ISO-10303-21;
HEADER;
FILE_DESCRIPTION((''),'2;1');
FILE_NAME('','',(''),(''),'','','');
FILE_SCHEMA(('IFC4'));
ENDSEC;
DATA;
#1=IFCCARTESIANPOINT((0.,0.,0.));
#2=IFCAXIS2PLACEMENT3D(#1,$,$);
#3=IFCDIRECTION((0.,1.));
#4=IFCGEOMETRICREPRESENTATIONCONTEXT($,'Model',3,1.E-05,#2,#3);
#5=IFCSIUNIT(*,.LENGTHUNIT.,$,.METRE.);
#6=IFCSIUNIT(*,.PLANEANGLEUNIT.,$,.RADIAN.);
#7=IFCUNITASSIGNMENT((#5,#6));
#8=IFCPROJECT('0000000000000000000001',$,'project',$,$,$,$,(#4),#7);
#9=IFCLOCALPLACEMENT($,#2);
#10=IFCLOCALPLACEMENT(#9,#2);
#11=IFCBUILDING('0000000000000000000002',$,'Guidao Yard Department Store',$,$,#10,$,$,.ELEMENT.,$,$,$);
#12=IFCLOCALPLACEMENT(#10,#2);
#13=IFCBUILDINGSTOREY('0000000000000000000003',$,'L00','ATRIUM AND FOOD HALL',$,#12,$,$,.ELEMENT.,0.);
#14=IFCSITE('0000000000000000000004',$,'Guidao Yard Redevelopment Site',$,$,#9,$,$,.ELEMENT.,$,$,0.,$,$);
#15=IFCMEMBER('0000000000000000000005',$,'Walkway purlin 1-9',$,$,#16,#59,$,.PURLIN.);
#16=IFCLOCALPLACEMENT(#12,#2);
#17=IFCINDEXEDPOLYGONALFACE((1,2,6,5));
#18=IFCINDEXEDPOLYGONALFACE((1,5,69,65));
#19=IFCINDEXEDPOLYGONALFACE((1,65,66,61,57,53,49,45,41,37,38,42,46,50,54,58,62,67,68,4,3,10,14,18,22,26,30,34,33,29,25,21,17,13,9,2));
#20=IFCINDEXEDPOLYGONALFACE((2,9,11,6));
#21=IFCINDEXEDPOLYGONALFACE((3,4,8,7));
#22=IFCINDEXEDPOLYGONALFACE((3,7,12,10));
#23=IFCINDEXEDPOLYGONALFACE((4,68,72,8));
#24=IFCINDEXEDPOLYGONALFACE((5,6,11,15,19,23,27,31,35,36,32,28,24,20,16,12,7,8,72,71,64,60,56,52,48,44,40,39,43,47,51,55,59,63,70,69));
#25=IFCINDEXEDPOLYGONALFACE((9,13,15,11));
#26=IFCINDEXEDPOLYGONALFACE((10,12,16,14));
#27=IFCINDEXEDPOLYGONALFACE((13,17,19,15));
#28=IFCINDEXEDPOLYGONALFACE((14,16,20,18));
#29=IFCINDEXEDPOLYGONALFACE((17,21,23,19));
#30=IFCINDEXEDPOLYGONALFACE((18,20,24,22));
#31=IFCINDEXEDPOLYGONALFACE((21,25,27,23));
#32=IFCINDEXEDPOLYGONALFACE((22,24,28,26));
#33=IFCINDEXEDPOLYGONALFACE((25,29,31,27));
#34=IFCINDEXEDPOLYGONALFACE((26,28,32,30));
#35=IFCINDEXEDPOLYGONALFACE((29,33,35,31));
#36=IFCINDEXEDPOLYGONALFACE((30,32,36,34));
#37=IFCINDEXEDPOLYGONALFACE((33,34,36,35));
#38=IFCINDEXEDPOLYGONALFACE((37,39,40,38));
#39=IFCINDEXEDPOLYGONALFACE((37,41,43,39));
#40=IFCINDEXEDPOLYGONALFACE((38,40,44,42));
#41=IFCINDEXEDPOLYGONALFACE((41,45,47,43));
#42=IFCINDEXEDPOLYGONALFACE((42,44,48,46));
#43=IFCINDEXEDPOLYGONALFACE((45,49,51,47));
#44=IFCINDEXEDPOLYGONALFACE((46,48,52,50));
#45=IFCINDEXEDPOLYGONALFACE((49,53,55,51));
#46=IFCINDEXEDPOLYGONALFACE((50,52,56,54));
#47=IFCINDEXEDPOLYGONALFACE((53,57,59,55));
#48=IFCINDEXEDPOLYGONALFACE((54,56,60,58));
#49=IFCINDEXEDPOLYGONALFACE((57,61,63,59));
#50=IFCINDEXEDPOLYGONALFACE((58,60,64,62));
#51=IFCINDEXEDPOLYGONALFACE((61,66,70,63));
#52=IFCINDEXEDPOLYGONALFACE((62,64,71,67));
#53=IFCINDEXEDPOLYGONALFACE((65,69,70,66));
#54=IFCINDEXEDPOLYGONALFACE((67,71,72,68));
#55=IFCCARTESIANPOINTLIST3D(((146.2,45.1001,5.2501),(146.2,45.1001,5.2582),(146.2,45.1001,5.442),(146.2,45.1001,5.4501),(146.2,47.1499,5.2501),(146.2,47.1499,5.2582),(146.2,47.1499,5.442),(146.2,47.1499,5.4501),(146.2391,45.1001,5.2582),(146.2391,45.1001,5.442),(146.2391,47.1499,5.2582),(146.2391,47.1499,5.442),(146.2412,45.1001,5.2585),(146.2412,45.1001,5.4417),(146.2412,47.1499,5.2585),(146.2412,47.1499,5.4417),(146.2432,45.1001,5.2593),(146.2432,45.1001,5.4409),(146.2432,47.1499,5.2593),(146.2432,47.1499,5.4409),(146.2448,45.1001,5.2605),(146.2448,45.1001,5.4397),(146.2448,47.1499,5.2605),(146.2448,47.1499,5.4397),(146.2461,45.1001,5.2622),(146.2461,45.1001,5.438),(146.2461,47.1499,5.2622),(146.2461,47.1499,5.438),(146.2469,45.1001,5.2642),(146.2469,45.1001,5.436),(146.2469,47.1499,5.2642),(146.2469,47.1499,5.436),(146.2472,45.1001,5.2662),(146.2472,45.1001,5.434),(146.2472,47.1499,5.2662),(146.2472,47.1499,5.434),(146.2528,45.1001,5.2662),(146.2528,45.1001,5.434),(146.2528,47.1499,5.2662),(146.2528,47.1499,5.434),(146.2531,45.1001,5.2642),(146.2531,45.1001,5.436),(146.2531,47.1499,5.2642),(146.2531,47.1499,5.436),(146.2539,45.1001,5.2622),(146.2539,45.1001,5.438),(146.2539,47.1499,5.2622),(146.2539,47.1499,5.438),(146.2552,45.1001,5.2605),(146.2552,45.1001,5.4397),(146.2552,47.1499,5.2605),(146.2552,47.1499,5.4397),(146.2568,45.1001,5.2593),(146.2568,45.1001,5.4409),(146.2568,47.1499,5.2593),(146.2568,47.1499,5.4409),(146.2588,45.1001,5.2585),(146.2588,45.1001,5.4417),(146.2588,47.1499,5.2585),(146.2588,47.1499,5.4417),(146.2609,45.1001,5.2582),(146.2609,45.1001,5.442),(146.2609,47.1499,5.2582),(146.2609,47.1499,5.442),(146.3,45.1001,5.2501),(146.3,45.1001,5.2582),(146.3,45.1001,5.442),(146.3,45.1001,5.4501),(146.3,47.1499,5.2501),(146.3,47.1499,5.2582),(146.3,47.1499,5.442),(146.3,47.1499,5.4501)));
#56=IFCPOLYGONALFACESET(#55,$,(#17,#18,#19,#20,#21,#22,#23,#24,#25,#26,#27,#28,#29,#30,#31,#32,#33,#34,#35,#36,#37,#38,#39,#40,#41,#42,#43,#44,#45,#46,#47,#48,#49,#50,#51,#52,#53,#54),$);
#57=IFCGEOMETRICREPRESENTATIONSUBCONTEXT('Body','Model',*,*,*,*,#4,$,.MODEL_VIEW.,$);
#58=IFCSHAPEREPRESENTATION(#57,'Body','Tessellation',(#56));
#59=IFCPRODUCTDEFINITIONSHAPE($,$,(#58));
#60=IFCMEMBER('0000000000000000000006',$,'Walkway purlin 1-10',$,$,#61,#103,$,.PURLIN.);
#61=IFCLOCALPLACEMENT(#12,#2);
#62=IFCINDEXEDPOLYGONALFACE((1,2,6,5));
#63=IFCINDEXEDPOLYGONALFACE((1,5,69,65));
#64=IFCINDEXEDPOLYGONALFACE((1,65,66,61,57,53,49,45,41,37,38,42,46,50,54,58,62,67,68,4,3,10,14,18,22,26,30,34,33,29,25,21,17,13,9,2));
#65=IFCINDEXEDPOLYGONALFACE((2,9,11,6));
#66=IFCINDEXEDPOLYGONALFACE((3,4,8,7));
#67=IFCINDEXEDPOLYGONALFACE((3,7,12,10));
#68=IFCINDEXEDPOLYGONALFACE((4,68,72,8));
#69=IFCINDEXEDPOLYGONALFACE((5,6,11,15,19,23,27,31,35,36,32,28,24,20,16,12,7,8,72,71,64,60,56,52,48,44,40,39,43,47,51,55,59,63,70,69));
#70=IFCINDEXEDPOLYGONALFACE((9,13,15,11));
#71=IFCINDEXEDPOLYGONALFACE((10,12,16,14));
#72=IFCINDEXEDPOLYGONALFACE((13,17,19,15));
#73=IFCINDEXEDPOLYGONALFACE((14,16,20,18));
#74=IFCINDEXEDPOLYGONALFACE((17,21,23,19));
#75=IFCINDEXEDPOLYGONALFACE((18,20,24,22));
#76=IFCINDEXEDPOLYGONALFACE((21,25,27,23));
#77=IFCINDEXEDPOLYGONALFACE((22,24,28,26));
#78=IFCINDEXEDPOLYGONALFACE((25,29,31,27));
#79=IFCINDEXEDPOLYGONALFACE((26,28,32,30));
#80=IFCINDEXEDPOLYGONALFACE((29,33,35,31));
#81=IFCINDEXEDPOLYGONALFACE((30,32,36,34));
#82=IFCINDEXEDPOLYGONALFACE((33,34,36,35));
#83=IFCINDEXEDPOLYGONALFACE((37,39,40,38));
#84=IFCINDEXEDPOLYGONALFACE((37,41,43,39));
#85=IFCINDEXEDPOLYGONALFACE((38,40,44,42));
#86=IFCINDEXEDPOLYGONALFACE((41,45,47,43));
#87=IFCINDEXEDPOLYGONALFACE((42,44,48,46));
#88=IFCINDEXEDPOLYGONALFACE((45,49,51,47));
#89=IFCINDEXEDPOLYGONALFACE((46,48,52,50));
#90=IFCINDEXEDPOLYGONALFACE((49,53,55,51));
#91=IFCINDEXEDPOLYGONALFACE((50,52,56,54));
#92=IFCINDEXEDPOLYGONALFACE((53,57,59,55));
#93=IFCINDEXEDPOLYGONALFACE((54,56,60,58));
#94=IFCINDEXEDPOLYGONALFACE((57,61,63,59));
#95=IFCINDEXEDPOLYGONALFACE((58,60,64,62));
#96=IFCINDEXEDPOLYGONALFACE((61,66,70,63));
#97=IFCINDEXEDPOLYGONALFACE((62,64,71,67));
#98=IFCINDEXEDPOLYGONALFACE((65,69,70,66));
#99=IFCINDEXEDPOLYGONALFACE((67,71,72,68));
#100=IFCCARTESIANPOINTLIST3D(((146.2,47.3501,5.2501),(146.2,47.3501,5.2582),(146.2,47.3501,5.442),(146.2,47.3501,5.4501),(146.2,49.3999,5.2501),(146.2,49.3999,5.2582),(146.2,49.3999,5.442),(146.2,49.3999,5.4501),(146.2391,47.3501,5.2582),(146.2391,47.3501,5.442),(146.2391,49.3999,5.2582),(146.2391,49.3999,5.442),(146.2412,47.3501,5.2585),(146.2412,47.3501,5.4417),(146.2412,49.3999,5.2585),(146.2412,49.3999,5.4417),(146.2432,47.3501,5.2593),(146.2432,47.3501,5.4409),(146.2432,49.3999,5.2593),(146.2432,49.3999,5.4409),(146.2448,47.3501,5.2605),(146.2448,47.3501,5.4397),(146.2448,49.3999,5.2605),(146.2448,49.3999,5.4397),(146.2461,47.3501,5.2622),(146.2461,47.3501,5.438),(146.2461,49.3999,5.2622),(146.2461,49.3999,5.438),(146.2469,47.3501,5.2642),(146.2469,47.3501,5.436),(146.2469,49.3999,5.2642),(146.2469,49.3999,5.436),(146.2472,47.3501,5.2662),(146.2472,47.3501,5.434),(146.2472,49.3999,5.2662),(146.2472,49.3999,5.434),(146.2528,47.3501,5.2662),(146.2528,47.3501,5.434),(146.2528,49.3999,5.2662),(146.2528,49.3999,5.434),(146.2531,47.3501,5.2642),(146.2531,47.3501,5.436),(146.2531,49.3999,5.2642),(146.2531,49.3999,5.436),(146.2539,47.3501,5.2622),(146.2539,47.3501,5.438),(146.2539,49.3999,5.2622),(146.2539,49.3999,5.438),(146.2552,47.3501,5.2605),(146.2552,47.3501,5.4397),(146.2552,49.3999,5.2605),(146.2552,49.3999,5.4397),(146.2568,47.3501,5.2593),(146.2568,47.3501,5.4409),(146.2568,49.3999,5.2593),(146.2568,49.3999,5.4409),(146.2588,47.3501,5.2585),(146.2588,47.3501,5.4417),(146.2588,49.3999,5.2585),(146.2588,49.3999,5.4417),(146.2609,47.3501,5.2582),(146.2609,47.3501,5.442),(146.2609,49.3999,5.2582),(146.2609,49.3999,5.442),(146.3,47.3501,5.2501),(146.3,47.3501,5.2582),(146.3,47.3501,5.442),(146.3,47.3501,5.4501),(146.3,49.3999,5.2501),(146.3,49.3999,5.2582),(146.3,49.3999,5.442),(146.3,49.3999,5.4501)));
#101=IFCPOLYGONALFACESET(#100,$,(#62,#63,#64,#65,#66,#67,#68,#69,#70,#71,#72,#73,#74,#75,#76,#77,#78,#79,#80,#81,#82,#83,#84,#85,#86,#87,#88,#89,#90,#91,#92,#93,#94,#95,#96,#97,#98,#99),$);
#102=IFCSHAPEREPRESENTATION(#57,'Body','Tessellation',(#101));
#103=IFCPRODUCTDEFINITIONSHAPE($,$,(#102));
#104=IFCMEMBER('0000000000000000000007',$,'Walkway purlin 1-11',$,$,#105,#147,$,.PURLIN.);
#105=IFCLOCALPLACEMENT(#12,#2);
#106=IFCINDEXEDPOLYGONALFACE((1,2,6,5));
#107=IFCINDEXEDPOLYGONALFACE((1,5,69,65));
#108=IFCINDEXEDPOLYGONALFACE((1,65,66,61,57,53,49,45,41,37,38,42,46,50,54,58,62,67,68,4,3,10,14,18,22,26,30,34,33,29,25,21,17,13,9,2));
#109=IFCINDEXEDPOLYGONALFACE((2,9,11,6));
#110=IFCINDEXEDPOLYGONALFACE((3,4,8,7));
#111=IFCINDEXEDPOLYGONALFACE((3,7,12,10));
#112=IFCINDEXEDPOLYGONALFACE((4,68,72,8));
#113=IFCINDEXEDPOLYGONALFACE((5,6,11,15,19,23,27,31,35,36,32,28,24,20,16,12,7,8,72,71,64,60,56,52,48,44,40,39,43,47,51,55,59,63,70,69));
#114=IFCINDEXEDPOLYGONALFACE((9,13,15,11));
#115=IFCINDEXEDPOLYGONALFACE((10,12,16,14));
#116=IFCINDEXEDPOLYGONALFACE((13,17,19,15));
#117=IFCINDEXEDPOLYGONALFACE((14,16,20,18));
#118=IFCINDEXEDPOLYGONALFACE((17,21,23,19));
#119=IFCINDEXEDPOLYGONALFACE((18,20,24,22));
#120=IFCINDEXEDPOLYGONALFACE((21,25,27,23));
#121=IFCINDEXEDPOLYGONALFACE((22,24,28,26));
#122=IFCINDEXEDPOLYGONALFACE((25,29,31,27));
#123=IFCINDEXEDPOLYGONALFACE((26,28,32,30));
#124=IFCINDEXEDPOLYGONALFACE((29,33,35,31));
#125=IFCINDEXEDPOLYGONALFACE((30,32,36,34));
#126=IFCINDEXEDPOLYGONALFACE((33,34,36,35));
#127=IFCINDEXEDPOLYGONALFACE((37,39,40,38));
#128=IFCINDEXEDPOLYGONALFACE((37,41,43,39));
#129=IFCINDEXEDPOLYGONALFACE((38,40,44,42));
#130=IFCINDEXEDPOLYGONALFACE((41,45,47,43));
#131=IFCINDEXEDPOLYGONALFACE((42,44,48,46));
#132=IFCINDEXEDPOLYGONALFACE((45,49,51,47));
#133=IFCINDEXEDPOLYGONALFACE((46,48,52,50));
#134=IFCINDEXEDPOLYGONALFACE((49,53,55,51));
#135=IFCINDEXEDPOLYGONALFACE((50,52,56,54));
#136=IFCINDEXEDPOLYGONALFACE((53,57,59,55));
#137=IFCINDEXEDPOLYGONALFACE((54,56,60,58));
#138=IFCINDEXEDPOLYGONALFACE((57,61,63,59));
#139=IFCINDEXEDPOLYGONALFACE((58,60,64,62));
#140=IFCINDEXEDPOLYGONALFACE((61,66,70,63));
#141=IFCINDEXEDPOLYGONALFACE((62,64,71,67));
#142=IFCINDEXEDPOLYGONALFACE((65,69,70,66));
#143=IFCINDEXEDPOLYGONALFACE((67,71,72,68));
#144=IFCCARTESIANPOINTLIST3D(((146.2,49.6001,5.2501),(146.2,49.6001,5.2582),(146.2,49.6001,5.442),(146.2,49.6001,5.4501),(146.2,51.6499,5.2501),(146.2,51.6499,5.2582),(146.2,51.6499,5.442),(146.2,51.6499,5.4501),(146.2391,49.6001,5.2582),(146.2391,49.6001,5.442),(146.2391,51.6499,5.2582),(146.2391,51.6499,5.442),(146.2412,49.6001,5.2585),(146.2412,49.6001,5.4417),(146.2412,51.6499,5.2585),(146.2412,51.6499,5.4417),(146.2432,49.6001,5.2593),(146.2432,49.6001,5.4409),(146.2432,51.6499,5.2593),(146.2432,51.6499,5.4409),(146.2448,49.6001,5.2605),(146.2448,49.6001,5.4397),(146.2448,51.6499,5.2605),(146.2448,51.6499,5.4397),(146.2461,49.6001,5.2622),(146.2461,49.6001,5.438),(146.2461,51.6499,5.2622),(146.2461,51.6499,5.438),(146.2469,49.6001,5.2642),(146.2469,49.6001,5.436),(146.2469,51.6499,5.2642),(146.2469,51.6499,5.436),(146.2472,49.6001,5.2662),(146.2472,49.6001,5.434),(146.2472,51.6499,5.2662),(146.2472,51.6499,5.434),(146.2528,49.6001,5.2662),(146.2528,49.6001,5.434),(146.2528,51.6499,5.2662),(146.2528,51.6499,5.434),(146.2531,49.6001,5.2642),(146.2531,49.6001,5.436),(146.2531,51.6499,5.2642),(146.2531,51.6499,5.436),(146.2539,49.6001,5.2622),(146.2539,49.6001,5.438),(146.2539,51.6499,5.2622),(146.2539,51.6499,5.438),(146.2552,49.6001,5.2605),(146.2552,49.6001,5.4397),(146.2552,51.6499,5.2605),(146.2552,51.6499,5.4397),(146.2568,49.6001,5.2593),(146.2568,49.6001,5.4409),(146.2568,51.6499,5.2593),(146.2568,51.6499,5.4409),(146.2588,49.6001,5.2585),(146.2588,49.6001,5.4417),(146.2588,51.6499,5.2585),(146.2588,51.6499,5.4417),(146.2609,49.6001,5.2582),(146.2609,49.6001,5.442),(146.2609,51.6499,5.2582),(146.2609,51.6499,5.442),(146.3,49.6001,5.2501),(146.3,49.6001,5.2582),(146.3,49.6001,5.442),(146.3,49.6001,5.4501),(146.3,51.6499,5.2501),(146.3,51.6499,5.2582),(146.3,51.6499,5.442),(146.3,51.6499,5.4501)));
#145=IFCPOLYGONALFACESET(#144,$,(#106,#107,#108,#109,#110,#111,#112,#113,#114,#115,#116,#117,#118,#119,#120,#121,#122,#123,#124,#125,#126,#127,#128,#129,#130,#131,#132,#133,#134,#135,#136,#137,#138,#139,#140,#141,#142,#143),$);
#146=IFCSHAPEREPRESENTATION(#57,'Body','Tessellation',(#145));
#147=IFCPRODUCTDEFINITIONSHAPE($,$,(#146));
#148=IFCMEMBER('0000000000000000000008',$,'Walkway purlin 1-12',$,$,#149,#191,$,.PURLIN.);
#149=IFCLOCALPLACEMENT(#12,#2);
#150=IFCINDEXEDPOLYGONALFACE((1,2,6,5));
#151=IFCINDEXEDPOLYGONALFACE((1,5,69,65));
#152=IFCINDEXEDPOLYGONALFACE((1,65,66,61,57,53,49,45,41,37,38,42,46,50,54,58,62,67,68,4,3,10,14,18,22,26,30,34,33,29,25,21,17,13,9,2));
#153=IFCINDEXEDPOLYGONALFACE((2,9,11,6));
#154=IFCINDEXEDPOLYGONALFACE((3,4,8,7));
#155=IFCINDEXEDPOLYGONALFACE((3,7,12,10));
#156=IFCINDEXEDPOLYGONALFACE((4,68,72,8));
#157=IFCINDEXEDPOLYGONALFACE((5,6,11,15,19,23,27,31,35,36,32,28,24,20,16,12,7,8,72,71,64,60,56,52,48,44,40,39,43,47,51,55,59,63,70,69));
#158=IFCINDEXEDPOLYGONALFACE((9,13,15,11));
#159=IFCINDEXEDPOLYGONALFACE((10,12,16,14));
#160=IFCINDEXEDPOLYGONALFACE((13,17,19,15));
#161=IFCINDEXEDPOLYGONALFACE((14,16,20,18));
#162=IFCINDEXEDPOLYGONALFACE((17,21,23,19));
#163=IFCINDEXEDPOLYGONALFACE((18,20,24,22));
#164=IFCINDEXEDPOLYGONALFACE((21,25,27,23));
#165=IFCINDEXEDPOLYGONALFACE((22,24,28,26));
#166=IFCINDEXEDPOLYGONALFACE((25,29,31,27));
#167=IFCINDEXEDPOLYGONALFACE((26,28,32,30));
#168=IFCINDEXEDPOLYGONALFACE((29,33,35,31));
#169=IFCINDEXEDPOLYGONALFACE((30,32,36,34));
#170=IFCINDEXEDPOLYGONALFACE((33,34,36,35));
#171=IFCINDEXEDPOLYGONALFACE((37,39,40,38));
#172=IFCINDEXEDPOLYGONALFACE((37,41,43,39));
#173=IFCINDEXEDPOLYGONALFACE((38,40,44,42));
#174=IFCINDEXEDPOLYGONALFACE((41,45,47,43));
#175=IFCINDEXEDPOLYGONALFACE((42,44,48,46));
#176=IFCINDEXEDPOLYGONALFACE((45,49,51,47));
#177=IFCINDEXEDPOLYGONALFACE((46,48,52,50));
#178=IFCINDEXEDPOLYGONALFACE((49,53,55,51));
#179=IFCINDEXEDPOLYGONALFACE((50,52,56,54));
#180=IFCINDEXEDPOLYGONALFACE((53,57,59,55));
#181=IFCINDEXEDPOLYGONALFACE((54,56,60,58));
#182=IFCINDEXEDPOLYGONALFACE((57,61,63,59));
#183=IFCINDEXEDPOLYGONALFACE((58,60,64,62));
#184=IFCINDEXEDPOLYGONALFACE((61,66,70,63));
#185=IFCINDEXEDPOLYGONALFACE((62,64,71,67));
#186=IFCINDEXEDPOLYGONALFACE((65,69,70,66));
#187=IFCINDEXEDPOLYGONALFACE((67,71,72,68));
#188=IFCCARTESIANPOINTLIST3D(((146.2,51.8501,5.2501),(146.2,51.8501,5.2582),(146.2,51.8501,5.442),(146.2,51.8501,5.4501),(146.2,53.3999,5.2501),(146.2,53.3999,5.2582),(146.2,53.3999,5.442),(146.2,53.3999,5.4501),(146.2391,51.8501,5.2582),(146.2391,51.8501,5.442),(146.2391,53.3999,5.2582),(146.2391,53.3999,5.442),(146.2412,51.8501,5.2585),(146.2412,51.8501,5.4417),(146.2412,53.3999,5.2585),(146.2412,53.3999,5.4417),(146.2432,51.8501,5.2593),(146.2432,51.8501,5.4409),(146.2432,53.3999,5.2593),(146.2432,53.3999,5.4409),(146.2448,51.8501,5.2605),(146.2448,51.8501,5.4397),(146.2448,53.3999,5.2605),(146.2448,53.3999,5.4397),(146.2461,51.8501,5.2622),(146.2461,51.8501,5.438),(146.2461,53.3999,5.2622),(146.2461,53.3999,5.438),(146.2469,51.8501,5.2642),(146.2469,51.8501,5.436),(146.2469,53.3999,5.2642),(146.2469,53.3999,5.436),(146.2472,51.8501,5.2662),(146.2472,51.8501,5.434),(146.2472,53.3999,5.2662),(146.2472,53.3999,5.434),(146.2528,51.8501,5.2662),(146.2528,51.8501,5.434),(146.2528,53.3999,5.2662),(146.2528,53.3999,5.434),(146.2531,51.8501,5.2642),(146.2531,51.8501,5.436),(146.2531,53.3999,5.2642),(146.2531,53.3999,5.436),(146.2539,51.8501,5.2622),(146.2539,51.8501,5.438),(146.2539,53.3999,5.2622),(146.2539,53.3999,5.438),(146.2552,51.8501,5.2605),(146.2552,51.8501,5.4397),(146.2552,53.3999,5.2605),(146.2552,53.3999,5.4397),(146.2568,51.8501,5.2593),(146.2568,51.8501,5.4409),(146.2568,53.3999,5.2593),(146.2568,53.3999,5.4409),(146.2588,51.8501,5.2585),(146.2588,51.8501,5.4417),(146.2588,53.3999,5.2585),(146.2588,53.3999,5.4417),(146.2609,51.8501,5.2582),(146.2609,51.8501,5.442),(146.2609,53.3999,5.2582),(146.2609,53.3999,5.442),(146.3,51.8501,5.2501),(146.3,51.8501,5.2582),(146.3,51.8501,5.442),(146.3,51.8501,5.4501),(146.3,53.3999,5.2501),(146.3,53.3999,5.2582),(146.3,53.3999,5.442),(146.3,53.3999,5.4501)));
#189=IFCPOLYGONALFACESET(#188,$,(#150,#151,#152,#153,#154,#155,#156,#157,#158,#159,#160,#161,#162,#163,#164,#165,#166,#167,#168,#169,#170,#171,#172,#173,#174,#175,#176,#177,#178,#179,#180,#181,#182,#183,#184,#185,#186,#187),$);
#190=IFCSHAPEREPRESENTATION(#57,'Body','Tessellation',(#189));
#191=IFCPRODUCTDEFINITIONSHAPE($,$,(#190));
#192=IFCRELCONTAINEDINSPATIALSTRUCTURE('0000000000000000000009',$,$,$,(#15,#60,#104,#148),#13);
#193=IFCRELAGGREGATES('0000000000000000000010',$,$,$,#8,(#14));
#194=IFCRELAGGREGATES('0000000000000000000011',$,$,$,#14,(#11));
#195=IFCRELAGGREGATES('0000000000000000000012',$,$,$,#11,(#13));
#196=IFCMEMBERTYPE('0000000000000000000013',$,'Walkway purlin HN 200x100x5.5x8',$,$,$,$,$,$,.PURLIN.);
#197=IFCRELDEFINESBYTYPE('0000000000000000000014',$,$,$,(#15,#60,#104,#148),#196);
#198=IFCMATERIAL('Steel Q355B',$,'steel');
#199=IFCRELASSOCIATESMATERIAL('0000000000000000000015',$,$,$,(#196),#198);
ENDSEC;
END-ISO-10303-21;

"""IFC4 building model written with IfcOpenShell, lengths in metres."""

from ifc_helpers import new_model, si_unit, direction, frame, origin, origin_2d, place, context, subcontext, project, spatial, i_section, extrude, material, material_profile, profile_set, type_object, element, save


model = new_model("IFC4")

# Units and contexts
model_context = context("Model", 3, precision=1e-05, world=origin(), true_north=direction((0.0, 1.0)))
body_context = subcontext(model_context, "Body", "Model", "MODEL_VIEW")
ifc_project = project(units=[si_unit("LENGTHUNIT", "METRE"), si_unit("PLANEANGLEUNIT", "RADIAN")], contexts=[model_context])

# Site, building, storey
site_placement = place(None, origin())
site = spatial("IfcSite", under=ifc_project, at=site_placement, Name="Guidao Yard Redevelopment Site", CompositionType="ELEMENT", RefElevation=0.0)
building_placement = place(site_placement, origin())
building = spatial("IfcBuilding", under=site, at=building_placement, Name="Guidao Yard Department Store", CompositionType="ELEMENT")
storey_placement = place(building_placement, origin())
storey = spatial("IfcBuildingStorey", under=building, at=storey_placement, Name="L00", Description="ATRIUM AND FOOD HALL", CompositionType="ELEMENT", Elevation=0.0)

# Members
ifc_material_1 = material(Name="Steel Q355B", Category="steel")
ifc_material_profile_1 = material_profile(ifc_material_1, i_section(OverallWidth=0.1001, OverallDepth=0.2, WebThickness=0.0056, FlangeThickness=0.0081, FilletRadius=0.0081, at=origin_2d()), Name="HN 200x100x5.5x8")
ifc_profile_set_1 = profile_set([ifc_material_profile_1], Name="Steel Q355B")
member_type = type_object("IfcMemberType", Name="Walkway purlin HN 200x100x5.5x8", PredefinedType="PURLIN", material=ifc_profile_set_1)
for number, where, z_axis, x_axis, name in (
    (1, (146.25, 45.1001, 5.3501), (0.0, 1.0, 0.0), (-1.0, 0.0, 0.0), "Walkway purlin 1-9"),
    (2, (146.25, 47.3501, 5.3501), (0.0, 1.0, 0.0), (-1.0, 0.0, 0.0), "Walkway purlin 1-10"),
    (3, (146.25, 49.6001, 5.3501), (0.0, 1.0, 0.0), (-1.0, 0.0, 0.0), "Walkway purlin 1-11"),
):
    element("IfcMember", number, at=place(storey_placement, frame(where, z_axis=z_axis, x_axis=x_axis)), inside=storey, type_object=member_type, Name=name, PredefinedType="PURLIN", context=body_context, shape_type="SweptSolid", body=[
        extrude(i_section(OverallWidth=0.1001, OverallDepth=0.2, WebThickness=0.0056, FlangeThickness=0.0081, FilletRadius=0.0081, at=origin_2d()), origin(), (0.0, 0.0, 1.0), 2.0498),
    ])
member_1_placement = place(storey_placement, frame((146.25, 51.8501, 5.3501), z_axis=(0.0, 1.0, 0.0), x_axis=(-1.0, 0.0, 0.0)))
element("IfcMember", 4, at=member_1_placement, inside=storey, type_object=member_type, Name="Walkway purlin 1-12", PredefinedType="PURLIN", context=body_context, shape_type="SweptSolid", body=[
    extrude(i_section(OverallWidth=0.1001, OverallDepth=0.2, WebThickness=0.0056, FlangeThickness=0.0081, FilletRadius=0.0081, at=origin_2d()), origin(), (0.0, 0.0, 1.0), 1.5498),
])

save(model, "model.ifc")
